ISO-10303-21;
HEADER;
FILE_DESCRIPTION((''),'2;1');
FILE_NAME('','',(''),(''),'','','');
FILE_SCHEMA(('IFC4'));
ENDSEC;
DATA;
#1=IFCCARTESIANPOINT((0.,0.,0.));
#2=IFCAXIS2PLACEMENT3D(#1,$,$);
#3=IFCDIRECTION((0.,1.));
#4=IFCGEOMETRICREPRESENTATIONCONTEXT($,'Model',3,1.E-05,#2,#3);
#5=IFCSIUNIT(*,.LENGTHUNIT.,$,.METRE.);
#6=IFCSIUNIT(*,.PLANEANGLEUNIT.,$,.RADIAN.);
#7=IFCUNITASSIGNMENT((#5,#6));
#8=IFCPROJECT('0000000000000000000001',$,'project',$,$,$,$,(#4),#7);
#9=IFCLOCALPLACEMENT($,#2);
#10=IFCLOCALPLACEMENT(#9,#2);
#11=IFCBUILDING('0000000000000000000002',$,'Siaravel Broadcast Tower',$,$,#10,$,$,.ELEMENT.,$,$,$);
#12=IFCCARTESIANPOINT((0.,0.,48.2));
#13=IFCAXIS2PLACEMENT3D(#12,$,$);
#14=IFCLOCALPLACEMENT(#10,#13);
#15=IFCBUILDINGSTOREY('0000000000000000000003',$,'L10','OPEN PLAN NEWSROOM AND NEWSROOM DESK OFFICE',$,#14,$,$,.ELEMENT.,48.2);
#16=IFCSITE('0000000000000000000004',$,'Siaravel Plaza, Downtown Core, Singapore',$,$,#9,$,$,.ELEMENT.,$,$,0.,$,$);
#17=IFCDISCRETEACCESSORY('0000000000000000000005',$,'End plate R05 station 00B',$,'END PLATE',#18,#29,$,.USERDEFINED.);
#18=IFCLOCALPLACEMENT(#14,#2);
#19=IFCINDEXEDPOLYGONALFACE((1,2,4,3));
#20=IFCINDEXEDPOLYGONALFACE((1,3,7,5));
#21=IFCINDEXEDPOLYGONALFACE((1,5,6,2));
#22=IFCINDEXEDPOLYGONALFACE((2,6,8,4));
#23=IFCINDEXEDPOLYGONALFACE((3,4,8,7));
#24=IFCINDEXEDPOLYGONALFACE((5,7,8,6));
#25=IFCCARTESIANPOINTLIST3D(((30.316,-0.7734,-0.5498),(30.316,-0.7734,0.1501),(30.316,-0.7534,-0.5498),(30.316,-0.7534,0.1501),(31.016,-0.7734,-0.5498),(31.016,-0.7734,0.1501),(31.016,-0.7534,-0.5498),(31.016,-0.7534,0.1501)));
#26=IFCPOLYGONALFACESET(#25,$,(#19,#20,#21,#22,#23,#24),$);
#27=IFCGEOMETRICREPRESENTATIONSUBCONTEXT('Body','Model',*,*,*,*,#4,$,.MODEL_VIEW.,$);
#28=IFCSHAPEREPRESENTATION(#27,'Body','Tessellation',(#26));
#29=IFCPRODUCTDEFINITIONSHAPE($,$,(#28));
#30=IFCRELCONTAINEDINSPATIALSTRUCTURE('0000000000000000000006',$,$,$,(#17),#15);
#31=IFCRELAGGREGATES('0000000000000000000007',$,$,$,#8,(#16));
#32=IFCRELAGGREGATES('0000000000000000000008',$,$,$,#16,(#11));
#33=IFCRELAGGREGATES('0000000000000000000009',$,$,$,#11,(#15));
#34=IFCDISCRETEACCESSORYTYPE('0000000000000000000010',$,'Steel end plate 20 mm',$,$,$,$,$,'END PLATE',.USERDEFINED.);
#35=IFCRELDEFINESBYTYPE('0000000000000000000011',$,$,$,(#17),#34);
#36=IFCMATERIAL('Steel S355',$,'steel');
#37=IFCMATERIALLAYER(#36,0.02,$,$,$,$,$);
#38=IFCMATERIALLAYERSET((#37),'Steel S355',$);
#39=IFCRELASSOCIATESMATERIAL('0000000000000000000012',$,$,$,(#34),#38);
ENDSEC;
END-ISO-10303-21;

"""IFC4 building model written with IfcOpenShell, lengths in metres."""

from ifc_helpers import new_model, si_unit, direction, frame, origin, origin_2d, place, context, subcontext, project, spatial, rectangle, extrude, material, layer, layer_set, type_object, element, save


model = new_model("IFC4")

# Units and contexts
model_context = context("Model", 3, precision=1e-05, world=origin(), true_north=direction((0.0, 1.0)))
body_context = subcontext(model_context, "Body", "Model", "MODEL_VIEW")
ifc_project = project(units=[si_unit("LENGTHUNIT", "METRE"), si_unit("PLANEANGLEUNIT", "RADIAN")], contexts=[model_context])

# Site, building, storey
site_placement = place(None, origin())
site = spatial("IfcSite", under=ifc_project, at=site_placement, Name="Siaravel Plaza, Downtown Core, Singapore", CompositionType="ELEMENT", RefElevation=0.0)
building_placement = place(site_placement, origin())
building = spatial("IfcBuilding", under=site, at=building_placement, Name="Siaravel Broadcast Tower", CompositionType="ELEMENT")
storey_placement = place(building_placement, frame((0.0, 0.0, 48.2)))
storey = spatial("IfcBuildingStorey", under=building, at=storey_placement, Name="L10", Description="OPEN PLAN NEWSROOM AND NEWSROOM DESK OFFICE", CompositionType="ELEMENT", Elevation=48.2)

# Shared definitions
ifc_material_1 = material(Name="Steel S355", Category="steel")

# Discrete accessory
ifc_layer_1 = layer(ifc_material_1, 0.02)
ifc_layer_set_1 = layer_set([ifc_layer_1], Name="Steel S355")
discrete_accessory_type_1 = type_object("IfcDiscreteAccessoryType", Name="Steel end plate 20 mm", ElementType="END PLATE", PredefinedType="USERDEFINED", material=ifc_layer_set_1)
discrete_accessory_placement = place(storey_placement, frame((30.666, -0.7634, -0.5498), z_axis=(0.0, 0.0, 1.0), x_axis=(0.0, 1.0, 0.0)))
element("IfcDiscreteAccessory", 1, at=discrete_accessory_placement, inside=storey, type_object=discrete_accessory_type_1, Name="End plate R05 station 00B", ObjectType="END PLATE", PredefinedType="USERDEFINED", context=body_context, shape_type="SweptSolid", body=[
    extrude(rectangle(XDim=0.02, YDim=0.7, at=origin_2d()), origin(), (0.0, 0.0, 1.0), 0.7),
])

save(model, "model.ifc")
